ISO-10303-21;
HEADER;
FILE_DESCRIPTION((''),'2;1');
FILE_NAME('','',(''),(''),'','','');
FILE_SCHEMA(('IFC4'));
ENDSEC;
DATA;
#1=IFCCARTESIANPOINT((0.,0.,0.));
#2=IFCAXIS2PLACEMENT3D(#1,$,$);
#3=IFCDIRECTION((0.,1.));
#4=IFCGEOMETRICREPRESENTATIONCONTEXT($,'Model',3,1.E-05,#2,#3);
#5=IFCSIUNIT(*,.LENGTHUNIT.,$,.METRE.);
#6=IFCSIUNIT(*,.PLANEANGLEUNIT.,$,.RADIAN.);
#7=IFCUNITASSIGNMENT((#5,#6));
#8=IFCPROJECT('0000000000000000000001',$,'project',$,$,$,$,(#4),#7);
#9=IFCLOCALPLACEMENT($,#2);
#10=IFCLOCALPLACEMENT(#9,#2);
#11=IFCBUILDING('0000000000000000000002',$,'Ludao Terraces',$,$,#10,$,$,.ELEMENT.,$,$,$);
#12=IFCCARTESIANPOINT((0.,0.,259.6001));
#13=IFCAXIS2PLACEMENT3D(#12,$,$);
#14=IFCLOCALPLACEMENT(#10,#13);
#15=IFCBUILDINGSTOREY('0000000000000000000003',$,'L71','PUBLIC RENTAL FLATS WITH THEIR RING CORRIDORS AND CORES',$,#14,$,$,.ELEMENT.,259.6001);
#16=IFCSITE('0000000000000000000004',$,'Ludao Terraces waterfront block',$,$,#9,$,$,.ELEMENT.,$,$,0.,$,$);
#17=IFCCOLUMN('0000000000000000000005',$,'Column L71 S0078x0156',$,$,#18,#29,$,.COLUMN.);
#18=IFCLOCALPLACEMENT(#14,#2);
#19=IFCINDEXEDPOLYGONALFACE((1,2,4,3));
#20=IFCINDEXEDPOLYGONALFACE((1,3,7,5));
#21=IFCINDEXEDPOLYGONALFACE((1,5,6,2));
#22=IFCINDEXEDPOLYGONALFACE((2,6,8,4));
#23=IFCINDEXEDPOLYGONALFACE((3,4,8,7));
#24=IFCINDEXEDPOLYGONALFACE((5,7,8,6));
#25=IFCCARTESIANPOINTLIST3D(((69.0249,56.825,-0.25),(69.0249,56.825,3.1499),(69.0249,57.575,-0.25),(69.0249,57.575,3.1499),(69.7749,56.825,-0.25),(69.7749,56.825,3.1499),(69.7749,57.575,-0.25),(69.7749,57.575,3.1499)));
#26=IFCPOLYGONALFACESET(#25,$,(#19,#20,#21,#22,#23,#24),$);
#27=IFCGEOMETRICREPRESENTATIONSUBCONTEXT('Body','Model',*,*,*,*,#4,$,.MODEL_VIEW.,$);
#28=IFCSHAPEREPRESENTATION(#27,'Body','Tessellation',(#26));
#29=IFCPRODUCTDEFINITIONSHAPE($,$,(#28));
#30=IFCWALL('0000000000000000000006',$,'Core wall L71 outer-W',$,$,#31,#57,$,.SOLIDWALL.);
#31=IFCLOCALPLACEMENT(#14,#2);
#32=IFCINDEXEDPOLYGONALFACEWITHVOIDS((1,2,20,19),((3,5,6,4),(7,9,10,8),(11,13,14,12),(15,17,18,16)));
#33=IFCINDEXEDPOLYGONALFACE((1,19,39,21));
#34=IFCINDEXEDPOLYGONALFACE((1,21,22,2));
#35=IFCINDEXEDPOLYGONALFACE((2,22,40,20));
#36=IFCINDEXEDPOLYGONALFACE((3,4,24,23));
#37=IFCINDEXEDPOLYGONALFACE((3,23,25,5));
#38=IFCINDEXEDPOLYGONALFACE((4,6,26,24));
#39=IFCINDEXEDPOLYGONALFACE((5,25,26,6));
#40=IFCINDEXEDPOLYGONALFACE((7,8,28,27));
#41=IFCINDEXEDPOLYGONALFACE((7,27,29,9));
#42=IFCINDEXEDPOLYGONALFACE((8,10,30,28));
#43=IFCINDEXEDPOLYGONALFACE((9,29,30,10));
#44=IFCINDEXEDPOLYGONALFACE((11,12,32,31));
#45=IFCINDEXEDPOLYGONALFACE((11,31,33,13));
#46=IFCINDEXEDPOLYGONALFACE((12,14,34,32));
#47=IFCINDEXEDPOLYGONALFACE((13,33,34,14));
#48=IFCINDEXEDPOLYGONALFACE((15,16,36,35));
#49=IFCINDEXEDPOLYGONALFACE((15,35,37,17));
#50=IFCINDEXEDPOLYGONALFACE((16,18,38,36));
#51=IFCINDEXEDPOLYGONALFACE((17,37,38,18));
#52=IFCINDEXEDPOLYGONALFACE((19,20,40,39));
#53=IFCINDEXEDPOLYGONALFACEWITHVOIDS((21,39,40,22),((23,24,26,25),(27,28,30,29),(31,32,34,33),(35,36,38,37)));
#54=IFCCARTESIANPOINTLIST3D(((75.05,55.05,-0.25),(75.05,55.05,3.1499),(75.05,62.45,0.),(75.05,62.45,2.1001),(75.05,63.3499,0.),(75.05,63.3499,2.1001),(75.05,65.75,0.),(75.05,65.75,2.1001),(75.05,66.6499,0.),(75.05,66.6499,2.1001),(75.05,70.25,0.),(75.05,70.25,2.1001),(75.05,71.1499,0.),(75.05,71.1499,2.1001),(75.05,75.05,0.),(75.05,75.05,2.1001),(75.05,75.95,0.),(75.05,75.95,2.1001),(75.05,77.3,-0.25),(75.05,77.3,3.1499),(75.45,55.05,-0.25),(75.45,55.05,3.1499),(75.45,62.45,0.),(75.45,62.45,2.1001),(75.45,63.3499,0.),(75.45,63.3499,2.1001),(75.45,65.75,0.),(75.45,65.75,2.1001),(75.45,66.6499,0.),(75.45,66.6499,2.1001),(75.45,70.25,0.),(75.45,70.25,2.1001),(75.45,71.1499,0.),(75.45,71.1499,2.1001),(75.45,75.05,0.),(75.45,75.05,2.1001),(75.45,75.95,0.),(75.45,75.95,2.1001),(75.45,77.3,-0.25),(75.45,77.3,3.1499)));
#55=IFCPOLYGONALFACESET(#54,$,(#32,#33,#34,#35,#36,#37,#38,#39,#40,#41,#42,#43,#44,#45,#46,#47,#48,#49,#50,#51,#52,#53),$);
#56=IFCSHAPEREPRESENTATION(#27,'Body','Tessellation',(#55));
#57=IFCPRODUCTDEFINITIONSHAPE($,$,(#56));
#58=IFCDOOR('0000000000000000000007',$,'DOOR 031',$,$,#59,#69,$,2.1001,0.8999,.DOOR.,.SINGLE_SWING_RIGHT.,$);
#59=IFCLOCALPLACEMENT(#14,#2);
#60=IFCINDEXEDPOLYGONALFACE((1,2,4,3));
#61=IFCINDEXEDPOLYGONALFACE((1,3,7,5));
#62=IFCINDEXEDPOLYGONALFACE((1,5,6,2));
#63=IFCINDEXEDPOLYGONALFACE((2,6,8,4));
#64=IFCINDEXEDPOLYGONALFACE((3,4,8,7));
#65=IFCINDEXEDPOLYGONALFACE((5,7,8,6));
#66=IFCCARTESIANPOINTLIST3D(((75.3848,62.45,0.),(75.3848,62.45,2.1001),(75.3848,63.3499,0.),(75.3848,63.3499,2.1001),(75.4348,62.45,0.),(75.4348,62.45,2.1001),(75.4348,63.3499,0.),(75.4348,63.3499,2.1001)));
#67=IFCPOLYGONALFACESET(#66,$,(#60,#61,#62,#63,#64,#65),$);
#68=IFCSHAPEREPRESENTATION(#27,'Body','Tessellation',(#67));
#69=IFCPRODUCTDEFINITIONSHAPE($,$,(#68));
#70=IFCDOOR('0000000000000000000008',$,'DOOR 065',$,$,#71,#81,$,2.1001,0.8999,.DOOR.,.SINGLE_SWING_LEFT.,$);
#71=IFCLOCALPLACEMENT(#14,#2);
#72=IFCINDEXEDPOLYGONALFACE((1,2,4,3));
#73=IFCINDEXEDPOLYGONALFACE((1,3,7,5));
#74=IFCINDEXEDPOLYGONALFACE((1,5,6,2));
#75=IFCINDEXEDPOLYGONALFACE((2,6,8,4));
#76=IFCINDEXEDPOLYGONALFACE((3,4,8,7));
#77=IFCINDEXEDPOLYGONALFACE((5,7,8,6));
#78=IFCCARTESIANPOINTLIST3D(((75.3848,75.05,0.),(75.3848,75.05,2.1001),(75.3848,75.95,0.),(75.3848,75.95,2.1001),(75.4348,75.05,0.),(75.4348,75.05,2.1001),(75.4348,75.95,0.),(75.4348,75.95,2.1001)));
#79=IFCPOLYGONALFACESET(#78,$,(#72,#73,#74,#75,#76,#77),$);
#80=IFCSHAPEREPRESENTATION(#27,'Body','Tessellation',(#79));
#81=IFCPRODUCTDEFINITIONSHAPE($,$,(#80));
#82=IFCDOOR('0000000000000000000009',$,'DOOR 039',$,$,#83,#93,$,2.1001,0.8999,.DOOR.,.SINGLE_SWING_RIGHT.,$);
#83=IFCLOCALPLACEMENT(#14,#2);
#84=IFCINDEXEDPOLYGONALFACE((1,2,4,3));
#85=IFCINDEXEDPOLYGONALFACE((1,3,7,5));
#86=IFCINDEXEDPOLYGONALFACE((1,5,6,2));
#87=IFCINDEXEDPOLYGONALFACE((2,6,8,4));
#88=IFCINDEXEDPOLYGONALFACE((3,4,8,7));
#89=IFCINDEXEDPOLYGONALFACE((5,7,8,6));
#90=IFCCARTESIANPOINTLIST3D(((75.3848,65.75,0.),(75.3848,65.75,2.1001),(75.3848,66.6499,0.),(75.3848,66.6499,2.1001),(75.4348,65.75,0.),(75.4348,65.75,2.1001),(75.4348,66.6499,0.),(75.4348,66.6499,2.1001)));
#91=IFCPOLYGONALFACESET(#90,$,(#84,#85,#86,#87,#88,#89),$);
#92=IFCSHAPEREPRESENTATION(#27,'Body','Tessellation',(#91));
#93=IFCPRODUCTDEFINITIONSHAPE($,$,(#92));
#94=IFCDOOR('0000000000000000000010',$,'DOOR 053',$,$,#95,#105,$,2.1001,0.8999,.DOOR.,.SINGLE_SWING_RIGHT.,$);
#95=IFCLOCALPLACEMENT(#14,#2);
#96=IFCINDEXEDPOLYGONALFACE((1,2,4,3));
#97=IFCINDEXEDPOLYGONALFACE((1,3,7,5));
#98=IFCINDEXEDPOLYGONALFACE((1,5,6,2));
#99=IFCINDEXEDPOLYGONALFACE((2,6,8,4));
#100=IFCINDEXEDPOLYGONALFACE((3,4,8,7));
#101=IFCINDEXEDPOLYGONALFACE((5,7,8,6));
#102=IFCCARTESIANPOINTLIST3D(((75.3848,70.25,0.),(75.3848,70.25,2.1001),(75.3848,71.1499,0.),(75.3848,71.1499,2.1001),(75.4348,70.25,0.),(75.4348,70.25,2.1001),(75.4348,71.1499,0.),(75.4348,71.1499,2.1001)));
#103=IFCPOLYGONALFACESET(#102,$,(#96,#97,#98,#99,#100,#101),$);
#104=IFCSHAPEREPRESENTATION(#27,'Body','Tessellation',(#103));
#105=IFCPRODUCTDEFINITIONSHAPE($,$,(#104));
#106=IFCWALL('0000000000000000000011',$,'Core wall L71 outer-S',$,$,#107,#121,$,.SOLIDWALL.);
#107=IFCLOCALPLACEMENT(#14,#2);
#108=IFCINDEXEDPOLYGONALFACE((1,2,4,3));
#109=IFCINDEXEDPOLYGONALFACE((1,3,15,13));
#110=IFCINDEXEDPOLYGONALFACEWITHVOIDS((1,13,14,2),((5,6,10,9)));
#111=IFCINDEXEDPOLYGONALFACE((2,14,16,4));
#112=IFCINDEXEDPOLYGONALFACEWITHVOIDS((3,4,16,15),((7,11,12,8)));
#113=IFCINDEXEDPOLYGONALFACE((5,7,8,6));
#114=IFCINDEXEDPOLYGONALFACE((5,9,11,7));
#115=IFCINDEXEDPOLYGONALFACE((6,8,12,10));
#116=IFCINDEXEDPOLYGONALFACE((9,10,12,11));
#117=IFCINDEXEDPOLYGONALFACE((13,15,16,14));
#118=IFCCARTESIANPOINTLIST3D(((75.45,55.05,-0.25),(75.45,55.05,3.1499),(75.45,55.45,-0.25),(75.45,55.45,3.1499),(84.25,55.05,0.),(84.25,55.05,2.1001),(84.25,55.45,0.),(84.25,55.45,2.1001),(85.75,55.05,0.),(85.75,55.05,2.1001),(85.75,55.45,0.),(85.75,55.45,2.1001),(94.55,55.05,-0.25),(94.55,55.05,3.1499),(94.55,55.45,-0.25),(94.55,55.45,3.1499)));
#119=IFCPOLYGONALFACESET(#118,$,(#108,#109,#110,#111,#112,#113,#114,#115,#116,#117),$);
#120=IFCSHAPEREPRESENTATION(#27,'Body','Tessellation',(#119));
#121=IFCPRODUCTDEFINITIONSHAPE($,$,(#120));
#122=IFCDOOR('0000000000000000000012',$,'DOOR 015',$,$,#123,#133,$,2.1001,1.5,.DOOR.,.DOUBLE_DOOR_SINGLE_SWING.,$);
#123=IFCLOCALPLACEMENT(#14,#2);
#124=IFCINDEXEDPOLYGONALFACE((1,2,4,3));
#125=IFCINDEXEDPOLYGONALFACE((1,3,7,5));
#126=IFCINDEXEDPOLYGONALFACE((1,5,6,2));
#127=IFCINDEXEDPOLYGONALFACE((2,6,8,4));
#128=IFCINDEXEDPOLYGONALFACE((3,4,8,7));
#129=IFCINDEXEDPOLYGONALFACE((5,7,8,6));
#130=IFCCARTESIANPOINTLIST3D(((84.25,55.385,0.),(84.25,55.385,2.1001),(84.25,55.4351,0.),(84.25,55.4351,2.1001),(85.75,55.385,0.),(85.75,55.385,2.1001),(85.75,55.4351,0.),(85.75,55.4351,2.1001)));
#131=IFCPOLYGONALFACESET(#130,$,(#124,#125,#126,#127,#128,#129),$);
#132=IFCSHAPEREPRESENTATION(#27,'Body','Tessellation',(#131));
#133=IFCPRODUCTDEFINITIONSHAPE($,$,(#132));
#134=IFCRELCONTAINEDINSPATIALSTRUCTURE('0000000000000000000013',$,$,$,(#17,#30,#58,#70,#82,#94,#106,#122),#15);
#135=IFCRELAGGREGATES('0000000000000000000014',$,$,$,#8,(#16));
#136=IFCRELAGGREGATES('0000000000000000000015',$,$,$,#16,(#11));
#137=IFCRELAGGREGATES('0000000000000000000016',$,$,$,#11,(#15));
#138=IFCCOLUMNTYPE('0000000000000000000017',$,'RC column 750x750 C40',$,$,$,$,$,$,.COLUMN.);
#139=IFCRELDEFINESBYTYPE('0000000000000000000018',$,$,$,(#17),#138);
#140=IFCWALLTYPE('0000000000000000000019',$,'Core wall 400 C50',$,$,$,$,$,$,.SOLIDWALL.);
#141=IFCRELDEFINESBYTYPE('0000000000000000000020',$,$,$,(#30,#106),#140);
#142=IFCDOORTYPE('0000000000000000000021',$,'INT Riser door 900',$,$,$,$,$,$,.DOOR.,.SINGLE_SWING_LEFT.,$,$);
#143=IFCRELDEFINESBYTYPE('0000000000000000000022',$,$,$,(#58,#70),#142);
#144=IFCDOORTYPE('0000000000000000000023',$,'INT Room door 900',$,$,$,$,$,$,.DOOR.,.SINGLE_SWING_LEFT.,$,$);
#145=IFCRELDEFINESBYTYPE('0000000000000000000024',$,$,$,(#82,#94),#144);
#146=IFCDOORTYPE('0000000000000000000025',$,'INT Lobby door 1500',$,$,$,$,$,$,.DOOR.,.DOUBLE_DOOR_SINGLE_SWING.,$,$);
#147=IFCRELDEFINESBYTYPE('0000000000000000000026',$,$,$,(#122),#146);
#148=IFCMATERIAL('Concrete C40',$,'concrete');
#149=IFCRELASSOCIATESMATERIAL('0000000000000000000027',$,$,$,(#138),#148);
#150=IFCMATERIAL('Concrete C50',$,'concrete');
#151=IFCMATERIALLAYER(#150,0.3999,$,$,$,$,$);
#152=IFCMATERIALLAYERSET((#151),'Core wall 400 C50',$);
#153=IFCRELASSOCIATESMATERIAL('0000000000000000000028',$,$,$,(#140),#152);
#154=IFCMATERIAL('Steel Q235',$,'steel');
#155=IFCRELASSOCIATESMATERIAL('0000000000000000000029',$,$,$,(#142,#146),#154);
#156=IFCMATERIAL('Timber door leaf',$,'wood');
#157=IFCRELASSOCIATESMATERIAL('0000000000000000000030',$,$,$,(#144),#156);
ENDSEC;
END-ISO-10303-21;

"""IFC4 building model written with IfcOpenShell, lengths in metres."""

from ifc_helpers import new_model, si_unit, direction, frame, frame_2d, origin, origin_2d, place, context, subcontext, project, spatial, rectangle, extrude, material, layer, layer_set, material_profile, profile_set, type_object, element, fill, save


model = new_model("IFC4")

# Units and contexts
model_context = context("Model", 3, precision=1e-05, world=origin(), true_north=direction((0.0, 1.0)))
body_context = subcontext(model_context, "Body", "Model", "MODEL_VIEW")
ifc_project = project(units=[si_unit("LENGTHUNIT", "METRE"), si_unit("PLANEANGLEUNIT", "RADIAN")], contexts=[model_context])

# Site, building, storey
site_placement = place(None, origin())
site = spatial("IfcSite", under=ifc_project, at=site_placement, Name="Ludao Terraces waterfront block", CompositionType="ELEMENT", RefElevation=0.0)
building_placement = place(site_placement, origin())
building = spatial("IfcBuilding", under=site, at=building_placement, Name="Ludao Terraces", CompositionType="ELEMENT")
storey_placement = place(building_placement, frame((0.0, 0.0, 259.6001)))
storey = spatial("IfcBuildingStorey", under=building, at=storey_placement, Name="L71", Description="PUBLIC RENTAL FLATS WITH THEIR RING CORRIDORS AND CORES", CompositionType="ELEMENT", Elevation=259.6001)

# Column
ifc_material_1 = material(Name="Concrete C40", Category="concrete")
ifc_material_profile = material_profile(ifc_material_1, rectangle(XDim=0.75, YDim=0.75, at=origin_2d()), Name="750 X 750")
ifc_profile_set = profile_set([ifc_material_profile], Name="Concrete C40")
column_type = type_object("IfcColumnType", Name="RC column 750x750 C40", PredefinedType="COLUMN", material=ifc_profile_set)
column_placement = place(storey_placement, frame((69.3999, 57.2, -0.25), z_axis=(0.0, 0.0, 1.0), x_axis=(1.0, 0.0, 0.0)))
element("IfcColumn", 1, at=column_placement, inside=storey, type_object=column_type, Name="Column L71 S0078x0156", PredefinedType="COLUMN", context=body_context, shape_type="SweptSolid", body=[
    extrude(rectangle(XDim=0.75, YDim=0.75, at=origin_2d()), origin(), (0.0, 0.0, 1.0), 3.3999),
])

# Wall, openings, doors
ifc_material_2 = material(Name="Concrete C50", Category="concrete")
ifc_layer_1 = layer(ifc_material_2, 0.3999)
ifc_layer_set_1 = layer_set([ifc_layer_1], Name="Core wall 400 C50")
wall_type_1 = type_object("IfcWallType", Name="Core wall 400 C50", PredefinedType="SOLIDWALL", material=ifc_layer_set_1)
wall_1_placement = place(storey_placement, frame((75.25, 55.05, -0.25), z_axis=(0.0, 0.0, 1.0), x_axis=(0.0, 1.0, 0.0)))
wall_1 = element("IfcWall", 2, at=wall_1_placement, inside=storey, type_object=wall_type_1, Name="Core wall L71 outer-W", PredefinedType="SOLIDWALL", context=body_context, shape_type="SweptSolid", body=[
    extrude(rectangle(XDim=22.25, YDim=0.3999, at=frame_2d((11.125, 0.0))), origin(), (0.0, 0.0, 1.0), 3.3999),
])
opening_1_placement = place(wall_1_placement, frame((7.3999, 0.0, 0.25)))
opening_1 = element("IfcOpeningElement", 3, at=opening_1_placement, cuts=wall_1, PredefinedType="OPENING", context=body_context, shape_type="SweptSolid", body=[
    extrude(rectangle(XDim=0.8999, YDim=2.1001, at=frame_2d((0.45, 1.05))), frame((0.0, 0.21, 0.0), z_axis=(0.0, -1.0, 0.0), x_axis=(1.0, 0.0, 0.0)), (0.0, 0.0, 1.0), 0.4199),
])
opening_2_placement = place(wall_1_placement, frame((10.7, 0.0, 0.25)))
opening_2 = element("IfcOpeningElement", 4, at=opening_2_placement, cuts=wall_1, PredefinedType="OPENING", context=body_context, shape_type="SweptSolid", body=[
    extrude(rectangle(XDim=0.8999, YDim=2.1001, at=frame_2d((0.45, 1.05))), frame((0.0, 0.21, 0.0), z_axis=(0.0, -1.0, 0.0), x_axis=(1.0, 0.0, 0.0)), (0.0, 0.0, 1.0), 0.4199),
])
opening_3_placement = place(wall_1_placement, frame((15.2, 0.0, 0.25)))
opening_3 = element("IfcOpeningElement", 5, at=opening_3_placement, cuts=wall_1, PredefinedType="OPENING", context=body_context, shape_type="SweptSolid", body=[
    extrude(rectangle(XDim=0.8999, YDim=2.1001, at=frame_2d((0.45, 1.05))), frame((0.0, 0.21, 0.0), z_axis=(0.0, -1.0, 0.0), x_axis=(1.0, 0.0, 0.0)), (0.0, 0.0, 1.0), 0.4199),
])
opening_4_placement = place(wall_1_placement, frame((20.0, 0.0, 0.25)))
opening_4 = element("IfcOpeningElement", 6, at=opening_4_placement, cuts=wall_1, PredefinedType="OPENING", context=body_context, shape_type="SweptSolid", body=[
    extrude(rectangle(XDim=0.8999, YDim=2.1001, at=frame_2d((0.45, 1.05))), frame((0.0, 0.21, 0.0), z_axis=(0.0, -1.0, 0.0), x_axis=(1.0, 0.0, 0.0)), (0.0, 0.0, 1.0), 0.4199),
])
ifc_material_3 = material(Name="Steel Q235", Category="steel")
door_type_1 = type_object("IfcDoorType", Name="INT Riser door 900", OperationType="SINGLE_SWING_LEFT", PredefinedType="DOOR", material=ifc_material_3)
door_1_placement = place(opening_1_placement, origin())
door_1 = element("IfcDoor", 7, at=door_1_placement, inside=storey, type_object=door_type_1, Name="DOOR 031", OperationType="SINGLE_SWING_RIGHT", OverallHeight=2.1001, OverallWidth=0.8999, PredefinedType="DOOR", context=body_context, shape_type="SweptSolid", body=[
    extrude(rectangle(XDim=0.8999, YDim=2.1001, at=frame_2d((0.45, 1.05))), frame((0.0, -0.1348, 0.0), z_axis=(0.0, -1.0, 0.0), x_axis=(1.0, 0.0, 0.0)), (0.0, 0.0, 1.0), 0.05),
])
fill(opening_1, door_1)
door_2_placement = place(opening_4_placement, origin())
door_2 = element("IfcDoor", 8, at=door_2_placement, inside=storey, type_object=door_type_1, Name="DOOR 065", OperationType="SINGLE_SWING_LEFT", OverallHeight=2.1001, OverallWidth=0.8999, PredefinedType="DOOR", context=body_context, shape_type="SweptSolid", body=[
    extrude(rectangle(XDim=0.8999, YDim=2.1001, at=frame_2d((0.45, 1.05))), frame((0.0, -0.1348, 0.0), z_axis=(0.0, -1.0, 0.0), x_axis=(1.0, 0.0, 0.0)), (0.0, 0.0, 1.0), 0.05),
])
fill(opening_4, door_2)
ifc_material_4 = material(Name="Timber door leaf", Category="wood")
door_type_2 = type_object("IfcDoorType", Name="INT Room door 900", OperationType="SINGLE_SWING_LEFT", PredefinedType="DOOR", material=ifc_material_4)
door_3_placement = place(opening_2_placement, origin())
door_3 = element("IfcDoor", 9, at=door_3_placement, inside=storey, type_object=door_type_2, Name="DOOR 039", OperationType="SINGLE_SWING_RIGHT", OverallHeight=2.1001, OverallWidth=0.8999, PredefinedType="DOOR", context=body_context, shape_type="SweptSolid", body=[
    extrude(rectangle(XDim=0.8999, YDim=2.1001, at=frame_2d((0.45, 1.05))), frame((0.0, -0.1348, 0.0), z_axis=(0.0, -1.0, 0.0), x_axis=(1.0, 0.0, 0.0)), (0.0, 0.0, 1.0), 0.05),
])
fill(opening_2, door_3)
door_4_placement = place(opening_3_placement, origin())
door_4 = element("IfcDoor", 10, at=door_4_placement, inside=storey, type_object=door_type_2, Name="DOOR 053", OperationType="SINGLE_SWING_RIGHT", OverallHeight=2.1001, OverallWidth=0.8999, PredefinedType="DOOR", context=body_context, shape_type="SweptSolid", body=[
    extrude(rectangle(XDim=0.8999, YDim=2.1001, at=frame_2d((0.45, 1.05))), frame((0.0, -0.1348, 0.0), z_axis=(0.0, -1.0, 0.0), x_axis=(1.0, 0.0, 0.0)), (0.0, 0.0, 1.0), 0.05),
])
fill(opening_3, door_4)

# Wall, opening, door
wall_2_placement = place(storey_placement, frame((75.45, 55.25, -0.25), z_axis=(0.0, 0.0, 1.0), x_axis=(1.0, 0.0, 0.0)))
wall_2 = element("IfcWall", 11, at=wall_2_placement, inside=storey, type_object=wall_type_1, Name="Core wall L71 outer-S", PredefinedType="SOLIDWALL", context=body_context, shape_type="SweptSolid", body=[
    extrude(rectangle(XDim=19.1001, YDim=0.3999, at=frame_2d((9.55, 0.0))), origin(), (0.0, 0.0, 1.0), 3.3999),
])
opening_5_placement = place(wall_2_placement, frame((8.8, 0.0, 0.25)))
opening_5 = element("IfcOpeningElement", 12, at=opening_5_placement, cuts=wall_2, PredefinedType="OPENING", context=body_context, shape_type="SweptSolid", body=[
    extrude(rectangle(XDim=1.5, YDim=2.1001, at=frame_2d((0.75, 1.05))), frame((0.0, 0.21, 0.0), z_axis=(0.0, -1.0, 0.0), x_axis=(1.0, 0.0, 0.0)), (0.0, 0.0, 1.0), 0.4199),
])
door_type_3 = type_object("IfcDoorType", Name="INT Lobby door 1500", OperationType="DOUBLE_DOOR_SINGLE_SWING", PredefinedType="DOOR", material=ifc_material_3)
door_5_placement = place(opening_5_placement, origin())
door_5 = element("IfcDoor", 13, at=door_5_placement, inside=storey, type_object=door_type_3, Name="DOOR 015", OperationType="DOUBLE_DOOR_SINGLE_SWING", OverallHeight=2.1001, OverallWidth=1.5, PredefinedType="DOOR", context=body_context, shape_type="SweptSolid", body=[
    extrude(rectangle(XDim=1.5, YDim=2.1001, at=frame_2d((0.75, 1.05))), frame((0.0, 0.1851, 0.0), z_axis=(0.0, -1.0, 0.0), x_axis=(1.0, 0.0, 0.0)), (0.0, 0.0, 1.0), 0.05),
])
fill(opening_5, door_5)

save(model, "model.ifc")
